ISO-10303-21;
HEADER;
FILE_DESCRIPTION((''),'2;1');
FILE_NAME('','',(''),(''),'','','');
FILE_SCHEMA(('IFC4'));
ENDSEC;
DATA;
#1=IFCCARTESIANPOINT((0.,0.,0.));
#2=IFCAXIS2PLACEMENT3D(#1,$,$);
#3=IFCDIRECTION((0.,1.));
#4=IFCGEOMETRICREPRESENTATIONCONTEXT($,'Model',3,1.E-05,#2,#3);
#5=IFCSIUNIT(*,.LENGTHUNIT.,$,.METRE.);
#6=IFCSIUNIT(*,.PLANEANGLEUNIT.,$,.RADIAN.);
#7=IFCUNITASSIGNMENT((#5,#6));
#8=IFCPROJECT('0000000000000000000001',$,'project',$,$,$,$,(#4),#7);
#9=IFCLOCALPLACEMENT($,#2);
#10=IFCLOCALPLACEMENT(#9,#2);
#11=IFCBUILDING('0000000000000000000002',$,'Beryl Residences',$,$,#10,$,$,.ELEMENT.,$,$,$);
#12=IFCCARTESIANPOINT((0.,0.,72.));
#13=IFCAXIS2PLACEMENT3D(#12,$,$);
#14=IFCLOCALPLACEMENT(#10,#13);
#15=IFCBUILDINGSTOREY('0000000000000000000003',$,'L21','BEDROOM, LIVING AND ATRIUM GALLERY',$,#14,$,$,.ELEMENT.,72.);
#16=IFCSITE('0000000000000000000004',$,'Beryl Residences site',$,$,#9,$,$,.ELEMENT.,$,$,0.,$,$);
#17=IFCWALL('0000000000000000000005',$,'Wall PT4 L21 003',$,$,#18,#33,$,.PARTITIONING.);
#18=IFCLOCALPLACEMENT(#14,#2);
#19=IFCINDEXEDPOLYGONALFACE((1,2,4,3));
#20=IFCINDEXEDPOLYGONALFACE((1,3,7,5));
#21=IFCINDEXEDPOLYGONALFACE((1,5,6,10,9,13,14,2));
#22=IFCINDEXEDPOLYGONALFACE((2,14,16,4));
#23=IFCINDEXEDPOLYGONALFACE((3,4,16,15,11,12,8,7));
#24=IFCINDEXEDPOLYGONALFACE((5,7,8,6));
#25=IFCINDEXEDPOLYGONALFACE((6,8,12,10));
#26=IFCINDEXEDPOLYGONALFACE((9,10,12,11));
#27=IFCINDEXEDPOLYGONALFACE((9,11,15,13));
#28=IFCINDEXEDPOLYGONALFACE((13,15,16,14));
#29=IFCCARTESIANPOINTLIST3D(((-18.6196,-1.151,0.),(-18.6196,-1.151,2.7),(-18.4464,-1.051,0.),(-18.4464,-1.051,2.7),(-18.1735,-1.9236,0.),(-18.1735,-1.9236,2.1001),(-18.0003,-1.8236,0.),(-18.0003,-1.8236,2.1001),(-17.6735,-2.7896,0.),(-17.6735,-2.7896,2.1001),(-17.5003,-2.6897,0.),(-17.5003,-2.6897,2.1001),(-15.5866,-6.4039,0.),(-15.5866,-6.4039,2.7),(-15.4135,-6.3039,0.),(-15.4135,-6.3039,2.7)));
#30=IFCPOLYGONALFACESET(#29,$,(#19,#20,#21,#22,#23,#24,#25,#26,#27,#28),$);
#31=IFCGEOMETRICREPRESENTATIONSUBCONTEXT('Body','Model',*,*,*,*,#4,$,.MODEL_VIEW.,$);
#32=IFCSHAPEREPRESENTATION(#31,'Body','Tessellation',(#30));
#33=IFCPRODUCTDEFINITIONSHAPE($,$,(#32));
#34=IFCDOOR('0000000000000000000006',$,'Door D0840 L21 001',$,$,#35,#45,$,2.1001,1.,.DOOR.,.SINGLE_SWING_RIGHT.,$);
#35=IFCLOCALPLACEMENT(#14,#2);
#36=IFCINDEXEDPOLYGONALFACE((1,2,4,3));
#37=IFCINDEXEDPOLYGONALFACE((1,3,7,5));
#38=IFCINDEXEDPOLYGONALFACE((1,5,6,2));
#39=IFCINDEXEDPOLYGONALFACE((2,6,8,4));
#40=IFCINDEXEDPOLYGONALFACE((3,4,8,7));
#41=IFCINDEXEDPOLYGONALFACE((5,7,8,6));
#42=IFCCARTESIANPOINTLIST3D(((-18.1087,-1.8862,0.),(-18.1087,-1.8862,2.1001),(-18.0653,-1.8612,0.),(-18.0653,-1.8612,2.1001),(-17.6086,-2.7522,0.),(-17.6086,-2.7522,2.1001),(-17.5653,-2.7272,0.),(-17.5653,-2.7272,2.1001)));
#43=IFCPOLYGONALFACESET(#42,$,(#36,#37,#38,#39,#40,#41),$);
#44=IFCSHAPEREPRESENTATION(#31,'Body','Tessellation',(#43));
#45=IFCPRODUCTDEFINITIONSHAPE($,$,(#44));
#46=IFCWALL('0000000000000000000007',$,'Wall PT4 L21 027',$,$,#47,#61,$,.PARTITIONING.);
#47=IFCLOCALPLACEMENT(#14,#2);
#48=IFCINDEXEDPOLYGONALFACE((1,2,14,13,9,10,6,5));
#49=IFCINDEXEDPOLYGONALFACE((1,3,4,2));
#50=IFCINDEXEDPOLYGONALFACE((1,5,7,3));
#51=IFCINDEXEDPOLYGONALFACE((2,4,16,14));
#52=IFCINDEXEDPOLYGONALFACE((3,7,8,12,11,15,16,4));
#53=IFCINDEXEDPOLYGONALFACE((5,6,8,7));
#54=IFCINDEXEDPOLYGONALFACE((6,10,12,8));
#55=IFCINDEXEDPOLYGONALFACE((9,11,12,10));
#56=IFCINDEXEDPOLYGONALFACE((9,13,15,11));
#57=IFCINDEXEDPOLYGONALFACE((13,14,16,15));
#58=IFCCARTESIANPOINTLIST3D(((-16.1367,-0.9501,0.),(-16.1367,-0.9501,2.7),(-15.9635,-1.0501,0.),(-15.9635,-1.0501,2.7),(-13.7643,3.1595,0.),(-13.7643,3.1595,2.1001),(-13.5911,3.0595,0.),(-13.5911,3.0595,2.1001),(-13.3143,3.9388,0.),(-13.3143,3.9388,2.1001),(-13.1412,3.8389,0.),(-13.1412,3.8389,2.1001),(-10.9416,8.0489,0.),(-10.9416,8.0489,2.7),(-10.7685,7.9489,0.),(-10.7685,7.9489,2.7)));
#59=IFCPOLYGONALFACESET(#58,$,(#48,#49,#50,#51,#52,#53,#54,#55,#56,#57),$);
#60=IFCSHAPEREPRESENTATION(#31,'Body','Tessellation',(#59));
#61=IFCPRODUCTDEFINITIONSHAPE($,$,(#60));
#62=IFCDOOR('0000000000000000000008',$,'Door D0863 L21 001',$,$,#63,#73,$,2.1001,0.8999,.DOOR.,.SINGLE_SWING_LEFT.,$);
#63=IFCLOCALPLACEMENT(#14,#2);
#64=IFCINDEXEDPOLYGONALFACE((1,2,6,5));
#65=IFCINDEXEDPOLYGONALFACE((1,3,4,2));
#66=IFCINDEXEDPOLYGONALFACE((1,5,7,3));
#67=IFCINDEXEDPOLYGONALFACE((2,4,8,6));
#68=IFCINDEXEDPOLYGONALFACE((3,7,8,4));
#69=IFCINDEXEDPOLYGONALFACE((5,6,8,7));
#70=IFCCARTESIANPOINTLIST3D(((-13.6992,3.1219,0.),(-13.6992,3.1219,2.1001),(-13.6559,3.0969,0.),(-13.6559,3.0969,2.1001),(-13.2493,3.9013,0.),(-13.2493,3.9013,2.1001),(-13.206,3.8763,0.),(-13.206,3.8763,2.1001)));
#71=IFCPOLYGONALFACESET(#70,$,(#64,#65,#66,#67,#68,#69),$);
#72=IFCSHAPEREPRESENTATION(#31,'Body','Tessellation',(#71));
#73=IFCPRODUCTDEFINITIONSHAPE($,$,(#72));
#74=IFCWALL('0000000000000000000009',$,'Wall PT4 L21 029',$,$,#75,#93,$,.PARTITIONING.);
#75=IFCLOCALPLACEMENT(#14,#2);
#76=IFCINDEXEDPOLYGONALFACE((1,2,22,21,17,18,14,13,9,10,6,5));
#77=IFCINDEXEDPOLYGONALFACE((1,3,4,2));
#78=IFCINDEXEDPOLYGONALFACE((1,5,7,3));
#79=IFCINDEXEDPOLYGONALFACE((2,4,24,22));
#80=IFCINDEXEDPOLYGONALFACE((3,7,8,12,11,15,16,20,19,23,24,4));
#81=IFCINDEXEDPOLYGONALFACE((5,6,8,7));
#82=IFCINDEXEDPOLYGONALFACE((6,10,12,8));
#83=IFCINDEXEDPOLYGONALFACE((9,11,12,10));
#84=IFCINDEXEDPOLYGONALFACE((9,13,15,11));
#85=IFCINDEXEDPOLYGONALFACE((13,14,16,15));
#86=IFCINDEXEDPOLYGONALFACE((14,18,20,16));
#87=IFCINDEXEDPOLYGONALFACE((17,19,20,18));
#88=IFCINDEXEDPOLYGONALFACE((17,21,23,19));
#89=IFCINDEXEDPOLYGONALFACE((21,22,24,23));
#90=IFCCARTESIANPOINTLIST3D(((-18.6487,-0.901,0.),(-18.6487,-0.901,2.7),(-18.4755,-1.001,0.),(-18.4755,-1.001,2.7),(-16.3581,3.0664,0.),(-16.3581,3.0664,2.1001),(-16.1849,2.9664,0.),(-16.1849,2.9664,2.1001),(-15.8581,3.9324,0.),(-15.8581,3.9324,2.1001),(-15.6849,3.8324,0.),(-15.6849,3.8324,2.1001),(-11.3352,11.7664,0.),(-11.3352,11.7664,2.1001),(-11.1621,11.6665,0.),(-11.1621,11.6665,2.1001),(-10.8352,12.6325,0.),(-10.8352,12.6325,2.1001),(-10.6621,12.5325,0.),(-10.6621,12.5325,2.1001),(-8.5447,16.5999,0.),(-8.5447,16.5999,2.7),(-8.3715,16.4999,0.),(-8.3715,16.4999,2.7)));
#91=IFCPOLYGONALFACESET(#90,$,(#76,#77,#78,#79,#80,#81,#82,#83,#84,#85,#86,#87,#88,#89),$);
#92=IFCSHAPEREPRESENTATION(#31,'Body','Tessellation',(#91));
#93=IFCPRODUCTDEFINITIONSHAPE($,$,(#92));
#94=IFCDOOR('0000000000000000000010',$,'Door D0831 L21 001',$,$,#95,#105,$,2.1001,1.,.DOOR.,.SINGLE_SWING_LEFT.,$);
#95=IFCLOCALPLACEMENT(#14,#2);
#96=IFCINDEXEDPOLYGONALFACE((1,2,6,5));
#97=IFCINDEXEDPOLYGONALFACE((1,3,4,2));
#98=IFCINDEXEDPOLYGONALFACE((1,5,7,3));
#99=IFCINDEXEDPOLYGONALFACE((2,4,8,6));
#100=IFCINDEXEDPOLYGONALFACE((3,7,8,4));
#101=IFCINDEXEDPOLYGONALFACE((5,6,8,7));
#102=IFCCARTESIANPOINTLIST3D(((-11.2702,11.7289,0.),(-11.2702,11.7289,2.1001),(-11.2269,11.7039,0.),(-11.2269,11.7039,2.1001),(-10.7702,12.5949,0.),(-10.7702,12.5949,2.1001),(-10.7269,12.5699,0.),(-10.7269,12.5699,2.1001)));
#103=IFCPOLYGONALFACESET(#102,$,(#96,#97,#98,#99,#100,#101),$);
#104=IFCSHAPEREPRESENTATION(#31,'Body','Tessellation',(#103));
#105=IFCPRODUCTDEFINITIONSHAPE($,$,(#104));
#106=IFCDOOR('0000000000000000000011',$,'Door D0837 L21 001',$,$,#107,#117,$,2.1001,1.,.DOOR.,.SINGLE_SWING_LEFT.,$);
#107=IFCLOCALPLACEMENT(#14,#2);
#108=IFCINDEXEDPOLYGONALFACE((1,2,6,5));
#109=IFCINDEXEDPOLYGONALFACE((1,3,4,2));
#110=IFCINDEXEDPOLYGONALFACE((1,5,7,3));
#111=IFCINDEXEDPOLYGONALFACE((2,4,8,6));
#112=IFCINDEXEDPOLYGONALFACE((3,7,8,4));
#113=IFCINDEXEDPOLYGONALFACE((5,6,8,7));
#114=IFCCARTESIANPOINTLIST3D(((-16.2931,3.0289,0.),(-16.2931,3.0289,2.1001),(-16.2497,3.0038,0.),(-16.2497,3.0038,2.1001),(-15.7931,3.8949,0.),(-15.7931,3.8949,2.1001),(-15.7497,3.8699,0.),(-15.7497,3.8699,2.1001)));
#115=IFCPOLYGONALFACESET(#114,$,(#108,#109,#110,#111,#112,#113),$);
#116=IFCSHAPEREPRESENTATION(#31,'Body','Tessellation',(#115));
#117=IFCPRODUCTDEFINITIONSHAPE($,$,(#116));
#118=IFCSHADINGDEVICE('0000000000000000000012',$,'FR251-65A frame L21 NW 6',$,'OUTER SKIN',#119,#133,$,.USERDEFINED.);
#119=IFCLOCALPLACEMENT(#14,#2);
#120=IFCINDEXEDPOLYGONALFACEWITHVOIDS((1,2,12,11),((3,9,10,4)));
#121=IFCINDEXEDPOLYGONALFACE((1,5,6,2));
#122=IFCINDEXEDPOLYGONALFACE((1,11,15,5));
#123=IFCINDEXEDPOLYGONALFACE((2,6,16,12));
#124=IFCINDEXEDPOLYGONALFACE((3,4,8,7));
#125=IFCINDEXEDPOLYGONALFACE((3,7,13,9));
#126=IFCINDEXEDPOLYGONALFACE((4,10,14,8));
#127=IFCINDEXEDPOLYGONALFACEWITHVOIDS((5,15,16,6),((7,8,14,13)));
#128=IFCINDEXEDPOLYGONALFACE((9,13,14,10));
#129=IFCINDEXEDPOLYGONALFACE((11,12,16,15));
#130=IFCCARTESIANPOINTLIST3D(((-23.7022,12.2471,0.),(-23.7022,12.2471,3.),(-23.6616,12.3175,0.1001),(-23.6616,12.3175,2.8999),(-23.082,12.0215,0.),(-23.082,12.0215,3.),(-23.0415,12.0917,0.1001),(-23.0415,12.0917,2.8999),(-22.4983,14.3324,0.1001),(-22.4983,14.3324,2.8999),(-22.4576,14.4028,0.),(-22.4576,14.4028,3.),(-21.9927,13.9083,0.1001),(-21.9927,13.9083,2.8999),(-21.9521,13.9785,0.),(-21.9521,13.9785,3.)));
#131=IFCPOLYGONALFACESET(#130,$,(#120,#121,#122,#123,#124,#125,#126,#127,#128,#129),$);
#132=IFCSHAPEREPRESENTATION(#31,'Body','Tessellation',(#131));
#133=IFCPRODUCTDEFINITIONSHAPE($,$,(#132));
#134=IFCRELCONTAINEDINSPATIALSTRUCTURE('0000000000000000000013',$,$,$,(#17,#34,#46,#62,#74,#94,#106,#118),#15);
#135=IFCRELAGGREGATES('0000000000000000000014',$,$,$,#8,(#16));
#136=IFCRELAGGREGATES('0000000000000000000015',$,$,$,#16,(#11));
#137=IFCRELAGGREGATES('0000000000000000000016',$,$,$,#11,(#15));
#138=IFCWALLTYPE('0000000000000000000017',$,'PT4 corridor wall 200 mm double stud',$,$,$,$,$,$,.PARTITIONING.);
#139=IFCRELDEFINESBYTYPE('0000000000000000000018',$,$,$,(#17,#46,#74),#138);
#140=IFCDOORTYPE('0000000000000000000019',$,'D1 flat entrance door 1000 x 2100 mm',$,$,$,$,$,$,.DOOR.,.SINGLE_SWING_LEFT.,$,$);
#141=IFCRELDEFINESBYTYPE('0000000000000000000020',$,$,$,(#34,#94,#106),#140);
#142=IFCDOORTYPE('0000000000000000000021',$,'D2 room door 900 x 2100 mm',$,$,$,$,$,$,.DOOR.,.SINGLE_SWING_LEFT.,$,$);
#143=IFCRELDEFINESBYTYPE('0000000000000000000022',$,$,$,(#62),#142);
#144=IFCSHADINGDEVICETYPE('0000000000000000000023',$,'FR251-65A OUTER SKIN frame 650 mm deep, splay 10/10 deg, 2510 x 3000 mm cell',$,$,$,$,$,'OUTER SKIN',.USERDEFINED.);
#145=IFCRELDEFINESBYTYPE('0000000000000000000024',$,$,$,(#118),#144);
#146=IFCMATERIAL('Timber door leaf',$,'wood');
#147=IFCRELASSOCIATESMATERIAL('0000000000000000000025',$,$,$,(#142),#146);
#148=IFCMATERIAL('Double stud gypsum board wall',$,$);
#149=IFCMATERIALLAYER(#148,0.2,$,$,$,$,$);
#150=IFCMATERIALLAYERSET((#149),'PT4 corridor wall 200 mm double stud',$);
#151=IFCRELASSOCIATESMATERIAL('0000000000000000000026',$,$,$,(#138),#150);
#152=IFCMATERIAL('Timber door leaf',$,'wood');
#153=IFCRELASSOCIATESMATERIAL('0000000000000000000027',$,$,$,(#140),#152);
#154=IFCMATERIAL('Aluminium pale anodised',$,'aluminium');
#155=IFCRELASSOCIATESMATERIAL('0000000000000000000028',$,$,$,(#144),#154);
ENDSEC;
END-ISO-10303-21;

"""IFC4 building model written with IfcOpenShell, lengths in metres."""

from ifc_helpers import new_model, entity, si_unit, direction, frame, frame_2d, origin, place, context, subcontext, project, spatial, rectangle, extrude, source, transform, mapped, material, layer, layer_set, type_object, type_shapes, element, fill, save


model = new_model("IFC4")

# Units and contexts
model_context = context("Model", 3, precision=1e-05, world=origin(), true_north=direction((0.0, 1.0)))
body_context = subcontext(model_context, "Body", "Model", "MODEL_VIEW")
ifc_project = project(units=[si_unit("LENGTHUNIT", "METRE"), si_unit("PLANEANGLEUNIT", "RADIAN")], contexts=[model_context])

# Site, building, storey
site_placement = place(None, origin())
site = spatial("IfcSite", under=ifc_project, at=site_placement, Name="Beryl Residences site", CompositionType="ELEMENT", RefElevation=0.0)
building_placement = place(site_placement, origin())
building = spatial("IfcBuilding", under=site, at=building_placement, Name="Beryl Residences", CompositionType="ELEMENT")
storey_placement = place(building_placement, frame((0.0, 0.0, 72.0)))
storey = spatial("IfcBuildingStorey", under=building, at=storey_placement, Name="L21", Description="BEDROOM, LIVING AND ATRIUM GALLERY", CompositionType="ELEMENT", Elevation=72.0)

# Shared definitions
ifc_material_1 = material(Name="Timber door leaf", Category="wood")
door_type_1 = type_object("IfcDoorType", Name="D2 room door 900 x 2100 mm", OperationType="SINGLE_SWING_LEFT", PredefinedType="DOOR", material=ifc_material_1)

# Shared definitions
ifc_material_2 = material(Name="Double stud gypsum board wall")
ifc_layer_1 = layer(ifc_material_2, 0.2)
ifc_layer_set_1 = layer_set([ifc_layer_1], Name="PT4 corridor wall 200 mm double stud")
wall_type_1 = type_object("IfcWallType", Name="PT4 corridor wall 200 mm double stud", PredefinedType="PARTITIONING", material=ifc_layer_set_1)

# Walls, openings, doors
wall_1_placement = place(storey_placement, frame((-18.533, -1.1011, 0.0), z_axis=(0.0, 0.0, 1.0), x_axis=(0.500022, -0.866013, 0.0)))
wall_1 = element("IfcWall", 1, at=wall_1_placement, inside=storey, type_object=wall_type_1, Name="Wall PT4 L21 003", PredefinedType="PARTITIONING", context=body_context, shape_type="SweptSolid", body=[
    extrude(rectangle(XDim=6.0657, YDim=0.2, at=frame_2d((3.0327, 0.0))), origin(), (0.0, 0.0, 1.0), 2.7),
])
opening_1_placement = place(wall_1_placement, frame((0.8921, 0.0, 0.0)))
opening_1 = element("IfcOpeningElement", 2, at=opening_1_placement, cuts=wall_1, PredefinedType="OPENING", context=body_context, shape_type="SweptSolid", body=[
    extrude(rectangle(XDim=1.0, YDim=2.1001, at=frame_2d((0.5, 1.05))), frame((0.0, 0.1099, 0.0), z_axis=(0.0, -1.0, 0.0), x_axis=(1.0, 0.0, 0.0)), (0.0, 0.0, 1.0), 0.22),
])
ifc_material_3 = material(Name="Timber door leaf", Category="wood")
door_type_2 = type_object("IfcDoorType", Name="D1 flat entrance door 1000 x 2100 mm", OperationType="SINGLE_SWING_LEFT", PredefinedType="DOOR", material=ifc_material_3)
door_1_placement = place(opening_1_placement, origin())
door_1 = element("IfcDoor", 3, at=door_1_placement, inside=storey, type_object=door_type_2, Name="Door D0840 L21 001", OperationType="SINGLE_SWING_RIGHT", OverallHeight=2.1001, OverallWidth=1.0, PredefinedType="DOOR", context=body_context, shape_type="SweptSolid", body=[
    extrude(rectangle(XDim=1.0, YDim=2.1001, at=frame_2d((0.5, 1.05))), frame((0.0, 0.0249, 0.0), z_axis=(0.0, -1.0, 0.0), x_axis=(1.0, 0.0, 0.0)), (0.0, 0.0, 1.0), 0.05),
])
fill(opening_1, door_1)
wall_2_placement = place(storey_placement, frame((-16.05, -1.0, 0.0), z_axis=(0.0, 0.0, 1.0), x_axis=(0.499962, 0.866047, 0.0)))
wall_2 = element("IfcWall", 4, at=wall_2_placement, inside=storey, type_object=wall_type_1, Name="Wall PT4 L21 027", PredefinedType="PARTITIONING", context=body_context, shape_type="SweptSolid", body=[
    extrude(rectangle(XDim=10.3909, YDim=0.2, at=frame_2d((5.1953, 0.0))), origin(), (0.0, 0.0, 1.0), 2.7),
])
opening_2_placement = place(wall_2_placement, frame((4.7451, 0.0, 0.0)))
opening_2 = element("IfcOpeningElement", 5, at=opening_2_placement, cuts=wall_2, PredefinedType="OPENING", context=body_context, shape_type="SweptSolid", body=[
    extrude(rectangle(XDim=0.8999, YDim=2.1001, at=frame_2d((0.45, 1.05))), frame((0.0, 0.1099, 0.0), z_axis=(0.0, -1.0, 0.0), x_axis=(1.0, 0.0, 0.0)), (0.0, 0.0, 1.0), 0.22),
])
door_2_placement = place(opening_2_placement, origin())
door_2 = element("IfcDoor", 6, at=door_2_placement, inside=storey, type_object=door_type_1, Name="Door D0863 L21 001", OperationType="SINGLE_SWING_LEFT", OverallHeight=2.1001, OverallWidth=0.8999, PredefinedType="DOOR", context=body_context, shape_type="SweptSolid", body=[
    extrude(rectangle(XDim=0.8999, YDim=2.1001, at=frame_2d((0.45, 1.05))), frame((0.0, 0.0249, 0.0), z_axis=(0.0, -1.0, 0.0), x_axis=(1.0, 0.0, 0.0)), (0.0, 0.0, 1.0), 0.05),
])
fill(opening_2, door_2)

# Wall, openings, doors
wall_3_placement = place(storey_placement, frame((-18.562, -0.9509, 0.0), z_axis=(0.0, 0.0, 1.0), x_axis=(0.499993, 0.866029, 0.0)))
wall_3 = element("IfcWall", 7, at=wall_3_placement, inside=storey, type_object=wall_type_1, Name="Wall PT4 L21 029", PredefinedType="PARTITIONING", context=body_context, shape_type="SweptSolid", body=[
    extrude(rectangle(XDim=20.2083, YDim=0.2, at=frame_2d((10.104, 0.0))), origin(), (0.0, 0.0, 1.0), 2.7),
])
opening_3_placement = place(wall_3_placement, frame((14.627, 0.0, 0.0)))
opening_3 = element("IfcOpeningElement", 8, at=opening_3_placement, cuts=wall_3, PredefinedType="OPENING", context=body_context, shape_type="SweptSolid", body=[
    extrude(rectangle(XDim=1.0, YDim=2.1001, at=frame_2d((0.5, 1.05))), frame((0.0, 0.1099, 0.0), z_axis=(0.0, -1.0, 0.0), x_axis=(1.0, 0.0, 0.0)), (0.0, 0.0, 1.0), 0.22),
])
opening_4_placement = place(wall_3_placement, frame((4.5811, 0.0, 0.0)))
opening_4 = element("IfcOpeningElement", 9, at=opening_4_placement, cuts=wall_3, PredefinedType="OPENING", context=body_context, shape_type="SweptSolid", body=[
    extrude(rectangle(XDim=1.0, YDim=2.1001, at=frame_2d((0.5, 1.05))), frame((0.0, 0.1099, 0.0), z_axis=(0.0, -1.0, 0.0), x_axis=(1.0, 0.0, 0.0)), (0.0, 0.0, 1.0), 0.22),
])
door_3_placement = place(opening_3_placement, origin())
door_3 = element("IfcDoor", 10, at=door_3_placement, inside=storey, type_object=door_type_2, Name="Door D0831 L21 001", OperationType="SINGLE_SWING_LEFT", OverallHeight=2.1001, OverallWidth=1.0, PredefinedType="DOOR", context=body_context, shape_type="SweptSolid", body=[
    extrude(rectangle(XDim=1.0, YDim=2.1001, at=frame_2d((0.5, 1.05))), frame((0.0, 0.0249, 0.0), z_axis=(0.0, -1.0, 0.0), x_axis=(1.0, 0.0, 0.0)), (0.0, 0.0, 1.0), 0.05),
])
fill(opening_3, door_3)
door_4_placement = place(opening_4_placement, origin())
door_4 = element("IfcDoor", 11, at=door_4_placement, inside=storey, type_object=door_type_2, Name="Door D0837 L21 001", OperationType="SINGLE_SWING_LEFT", OverallHeight=2.1001, OverallWidth=1.0, PredefinedType="DOOR", context=body_context, shape_type="SweptSolid", body=[
    extrude(rectangle(XDim=1.0, YDim=2.1001, at=frame_2d((0.5, 1.05))), frame((0.0, 0.0249, 0.0), z_axis=(0.0, -1.0, 0.0), x_axis=(1.0, 0.0, 0.0)), (0.0, 0.0, 1.0), 0.05),
])
fill(opening_4, door_4)

# Shading device
ifc_material_4 = material(Name="Aluminium pale anodised", Category="aluminium")
shading_device_type = type_object("IfcShadingDeviceType", Name="FR251-65A OUTER SKIN frame 650 mm deep, splay 10/10 deg, 2510 x 3000 mm cell", ElementType="OUTER SKIN", PredefinedType="USERDEFINED", material=ifc_material_4)
cartesian_point_1 = entity("IfcCartesianPoint", [-1.1299, 0.0])
cartesian_point_2 = entity("IfcCartesianPoint", [-1.0488, 0.1001])
cartesian_point_3 = entity("IfcCartesianPoint", [-1.2446, 0.0])
cartesian_point_4 = entity("IfcCartesianPoint", [-1.1633, 0.1001])
shared_shape = source(origin(), body_context, "Body", "SweptSolid", [
    entity("IfcExtrudedAreaSolidTapered", entity("IfcArbitraryProfileDefWithVoids", "AREA", None, entity("IfcPolyline", [cartesian_point_1, entity("IfcCartesianPoint", [1.1299, 0.0]), entity("IfcCartesianPoint", [1.1299, 3.0]), entity("IfcCartesianPoint", [-1.1299, 3.0]), cartesian_point_1]), [entity("IfcPolyline", [cartesian_point_2, entity("IfcCartesianPoint", [1.0488, 0.1001]), entity("IfcCartesianPoint", [1.0488, 2.8999]), entity("IfcCartesianPoint", [-1.0488, 2.8999]), cartesian_point_2])]), entity("IfcAxis2Placement3D", entity("IfcCartesianPoint", [0.0, 0.0, 0.0]), entity("IfcDirection", [0.0, 1.0, 0.0]), entity("IfcDirection", [-1.0, 0.0, 0.0])), entity("IfcDirection", [0.0, 0.0, 1.0]), 0.6499, entity("IfcArbitraryProfileDefWithVoids", "AREA", None, entity("IfcPolyline", [cartesian_point_3, entity("IfcCartesianPoint", [1.2446, 0.0]), entity("IfcCartesianPoint", [1.2446, 3.0]), entity("IfcCartesianPoint", [-1.2446, 3.0]), cartesian_point_3]), [entity("IfcPolyline", [cartesian_point_4, entity("IfcCartesianPoint", [1.1633, 0.1001]), entity("IfcCartesianPoint", [1.1633, 2.8999]), entity("IfcCartesianPoint", [-1.1633, 2.8999]), cartesian_point_4])])),
])
type_shapes(shading_device_type, [shared_shape])
shading_device_placement = place(storey_placement, frame((-22.5171, 13.0, 0.0), z_axis=(0.0, 0.0, 1.0), x_axis=(0.5, 0.866025, 0.0)))
element("IfcShadingDevice", 12, at=shading_device_placement, inside=storey, type_object=shading_device_type, Name="FR251-65A frame L21 NW 6", ObjectType="OUTER SKIN", PredefinedType="USERDEFINED", context=body_context, shape_type="MappedRepresentation", body=[
    mapped(shared_shape, transform((0.0, 0.0, 0.0))),
])

save(model, "model.ifc")
